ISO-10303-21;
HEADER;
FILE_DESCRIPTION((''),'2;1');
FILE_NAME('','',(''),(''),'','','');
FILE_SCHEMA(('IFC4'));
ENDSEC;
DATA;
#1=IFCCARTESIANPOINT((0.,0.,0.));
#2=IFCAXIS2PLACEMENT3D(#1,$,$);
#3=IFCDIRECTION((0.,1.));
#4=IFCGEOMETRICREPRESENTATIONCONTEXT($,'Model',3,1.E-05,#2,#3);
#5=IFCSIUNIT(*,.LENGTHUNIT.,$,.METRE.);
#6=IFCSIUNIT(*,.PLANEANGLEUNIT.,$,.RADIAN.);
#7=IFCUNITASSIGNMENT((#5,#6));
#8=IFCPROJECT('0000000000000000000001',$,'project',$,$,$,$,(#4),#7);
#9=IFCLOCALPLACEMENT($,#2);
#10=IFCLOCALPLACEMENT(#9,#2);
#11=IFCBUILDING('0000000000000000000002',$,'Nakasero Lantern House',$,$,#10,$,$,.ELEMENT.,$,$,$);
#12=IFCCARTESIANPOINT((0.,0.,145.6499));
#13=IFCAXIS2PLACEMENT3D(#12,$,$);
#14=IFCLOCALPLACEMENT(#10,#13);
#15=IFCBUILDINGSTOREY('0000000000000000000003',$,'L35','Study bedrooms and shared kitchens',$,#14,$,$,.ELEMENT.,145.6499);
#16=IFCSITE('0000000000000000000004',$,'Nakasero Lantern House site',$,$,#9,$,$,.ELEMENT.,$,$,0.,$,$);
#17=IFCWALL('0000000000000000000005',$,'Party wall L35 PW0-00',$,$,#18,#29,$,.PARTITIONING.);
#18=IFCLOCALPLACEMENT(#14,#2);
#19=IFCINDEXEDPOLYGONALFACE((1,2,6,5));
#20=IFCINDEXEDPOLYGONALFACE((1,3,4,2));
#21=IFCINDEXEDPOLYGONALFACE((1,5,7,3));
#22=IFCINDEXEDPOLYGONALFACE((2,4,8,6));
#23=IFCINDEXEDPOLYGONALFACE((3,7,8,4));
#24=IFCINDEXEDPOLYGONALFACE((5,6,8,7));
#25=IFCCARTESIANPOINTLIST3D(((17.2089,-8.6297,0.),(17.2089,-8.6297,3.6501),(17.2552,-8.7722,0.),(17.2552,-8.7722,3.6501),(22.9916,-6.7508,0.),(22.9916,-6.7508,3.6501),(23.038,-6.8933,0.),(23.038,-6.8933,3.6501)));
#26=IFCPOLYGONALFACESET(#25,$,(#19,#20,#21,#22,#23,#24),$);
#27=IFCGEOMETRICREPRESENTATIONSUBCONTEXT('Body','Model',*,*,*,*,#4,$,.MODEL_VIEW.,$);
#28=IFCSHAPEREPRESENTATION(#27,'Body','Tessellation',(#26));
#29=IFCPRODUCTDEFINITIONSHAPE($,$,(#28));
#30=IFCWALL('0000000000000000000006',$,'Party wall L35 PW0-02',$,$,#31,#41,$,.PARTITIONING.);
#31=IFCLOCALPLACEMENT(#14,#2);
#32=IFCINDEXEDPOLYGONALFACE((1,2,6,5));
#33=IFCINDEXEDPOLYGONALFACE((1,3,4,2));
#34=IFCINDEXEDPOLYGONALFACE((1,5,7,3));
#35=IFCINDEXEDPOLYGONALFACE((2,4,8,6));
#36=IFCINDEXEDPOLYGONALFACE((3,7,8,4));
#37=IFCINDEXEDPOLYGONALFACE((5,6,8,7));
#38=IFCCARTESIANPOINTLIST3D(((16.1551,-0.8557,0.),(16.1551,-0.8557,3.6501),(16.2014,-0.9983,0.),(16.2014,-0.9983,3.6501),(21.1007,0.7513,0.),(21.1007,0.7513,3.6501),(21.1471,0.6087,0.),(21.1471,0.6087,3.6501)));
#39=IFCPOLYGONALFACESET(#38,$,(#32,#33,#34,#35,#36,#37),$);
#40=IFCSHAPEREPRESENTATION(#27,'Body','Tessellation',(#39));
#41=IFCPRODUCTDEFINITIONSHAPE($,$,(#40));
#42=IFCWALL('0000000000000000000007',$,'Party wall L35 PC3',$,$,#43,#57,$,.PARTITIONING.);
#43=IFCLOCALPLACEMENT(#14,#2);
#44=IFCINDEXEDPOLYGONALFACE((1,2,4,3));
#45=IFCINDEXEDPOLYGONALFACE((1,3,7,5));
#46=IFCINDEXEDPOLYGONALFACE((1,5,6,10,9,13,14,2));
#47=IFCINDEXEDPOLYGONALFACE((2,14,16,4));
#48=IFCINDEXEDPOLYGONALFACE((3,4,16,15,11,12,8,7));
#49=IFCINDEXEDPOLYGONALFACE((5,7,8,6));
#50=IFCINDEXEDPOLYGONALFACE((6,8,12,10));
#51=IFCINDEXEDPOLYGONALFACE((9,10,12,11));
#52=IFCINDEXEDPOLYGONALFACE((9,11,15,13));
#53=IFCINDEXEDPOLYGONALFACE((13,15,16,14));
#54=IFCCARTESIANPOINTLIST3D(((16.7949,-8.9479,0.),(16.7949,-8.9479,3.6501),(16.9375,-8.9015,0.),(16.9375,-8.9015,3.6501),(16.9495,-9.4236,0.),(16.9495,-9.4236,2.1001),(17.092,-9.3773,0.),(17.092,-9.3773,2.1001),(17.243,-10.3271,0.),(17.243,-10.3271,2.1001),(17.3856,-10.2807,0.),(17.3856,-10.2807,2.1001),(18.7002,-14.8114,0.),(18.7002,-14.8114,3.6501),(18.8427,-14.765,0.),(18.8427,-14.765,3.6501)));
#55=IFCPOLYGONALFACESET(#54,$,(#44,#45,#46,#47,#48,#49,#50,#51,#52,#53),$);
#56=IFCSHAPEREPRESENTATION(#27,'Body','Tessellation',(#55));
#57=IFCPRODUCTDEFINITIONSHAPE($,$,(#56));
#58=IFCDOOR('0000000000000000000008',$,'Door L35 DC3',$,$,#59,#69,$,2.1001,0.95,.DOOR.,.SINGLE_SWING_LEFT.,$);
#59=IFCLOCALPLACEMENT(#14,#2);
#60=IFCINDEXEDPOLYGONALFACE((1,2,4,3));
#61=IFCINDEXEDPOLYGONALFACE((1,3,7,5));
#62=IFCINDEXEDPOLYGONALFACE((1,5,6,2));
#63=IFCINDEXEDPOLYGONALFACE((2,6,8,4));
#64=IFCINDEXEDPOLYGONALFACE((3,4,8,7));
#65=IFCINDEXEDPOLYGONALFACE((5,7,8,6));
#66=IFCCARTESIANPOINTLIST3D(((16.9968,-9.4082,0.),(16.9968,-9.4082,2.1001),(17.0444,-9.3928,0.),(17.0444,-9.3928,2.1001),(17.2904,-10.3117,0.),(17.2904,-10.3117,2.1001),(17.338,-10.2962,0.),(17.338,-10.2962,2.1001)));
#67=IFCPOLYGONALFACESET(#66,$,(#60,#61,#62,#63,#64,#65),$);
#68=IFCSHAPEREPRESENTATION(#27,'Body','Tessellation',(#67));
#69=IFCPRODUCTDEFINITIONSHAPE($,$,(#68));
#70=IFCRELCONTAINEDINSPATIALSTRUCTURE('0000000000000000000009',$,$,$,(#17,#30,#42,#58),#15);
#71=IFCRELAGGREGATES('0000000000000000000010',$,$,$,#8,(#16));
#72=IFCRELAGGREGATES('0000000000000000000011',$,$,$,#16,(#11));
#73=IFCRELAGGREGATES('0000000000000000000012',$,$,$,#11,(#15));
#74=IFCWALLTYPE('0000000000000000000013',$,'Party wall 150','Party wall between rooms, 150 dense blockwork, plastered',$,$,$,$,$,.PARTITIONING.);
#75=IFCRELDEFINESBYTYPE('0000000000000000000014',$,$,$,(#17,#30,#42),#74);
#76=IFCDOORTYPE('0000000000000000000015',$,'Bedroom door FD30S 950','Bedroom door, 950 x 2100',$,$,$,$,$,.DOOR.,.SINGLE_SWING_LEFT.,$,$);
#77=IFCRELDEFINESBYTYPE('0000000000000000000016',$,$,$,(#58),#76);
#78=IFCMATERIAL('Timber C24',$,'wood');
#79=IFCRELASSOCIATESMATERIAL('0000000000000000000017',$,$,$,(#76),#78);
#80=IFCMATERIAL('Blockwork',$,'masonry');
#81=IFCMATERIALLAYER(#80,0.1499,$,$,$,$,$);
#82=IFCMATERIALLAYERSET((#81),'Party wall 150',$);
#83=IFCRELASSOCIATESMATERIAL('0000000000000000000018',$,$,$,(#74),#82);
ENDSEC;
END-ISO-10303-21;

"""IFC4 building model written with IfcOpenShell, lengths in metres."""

from ifc_helpers import new_model, si_unit, direction, frame, frame_2d, origin, place, context, subcontext, project, spatial, rectangle, extrude, material, layer, layer_set, type_object, element, fill, save


model = new_model("IFC4")

# Units and contexts
model_context = context("Model", 3, precision=1e-05, world=origin(), true_north=direction((0.0, 1.0)))
body_context = subcontext(model_context, "Body", "Model", "MODEL_VIEW")
ifc_project = project(units=[si_unit("LENGTHUNIT", "METRE"), si_unit("PLANEANGLEUNIT", "RADIAN")], contexts=[model_context])

# Site, building, storey
site_placement = place(None, origin())
site = spatial("IfcSite", under=ifc_project, at=site_placement, Name="Nakasero Lantern House site", CompositionType="ELEMENT", RefElevation=0.0)
building_placement = place(site_placement, origin())
building = spatial("IfcBuilding", under=site, at=building_placement, Name="Nakasero Lantern House", CompositionType="ELEMENT")
storey_placement = place(building_placement, frame((0.0, 0.0, 145.6499)))
storey = spatial("IfcBuildingStorey", under=building, at=storey_placement, Name="L35", Description="Study bedrooms and shared kitchens", CompositionType="ELEMENT", Elevation=145.6499)

# Shared definitions
ifc_material_1 = material(Name="Timber C24", Category="wood")
door_type_1 = type_object("IfcDoorType", Name="Bedroom door FD30S 950", Description="Bedroom door, 950 x 2100", OperationType="SINGLE_SWING_LEFT", PredefinedType="DOOR", material=ifc_material_1)

# Walls
ifc_material_2 = material(Name="Blockwork", Category="masonry")
ifc_layer_1 = layer(ifc_material_2, 0.1499)
ifc_layer_set_1 = layer_set([ifc_layer_1], Name="Party wall 150")
wall_type_1 = type_object("IfcWallType", Name="Party wall 150", Description="Party wall between rooms, 150 dense blockwork, plastered", PredefinedType="PARTITIONING", material=ifc_layer_set_1)
wall_1_placement = place(storey_placement, frame((17.2322, -8.7009, 0.0), z_axis=(0.0, 0.0, 1.0), x_axis=(0.951057, 0.309015, 0.0)))
element("IfcWall", 1, at=wall_1_placement, inside=storey, type_object=wall_type_1, Name="Party wall L35 PW0-00", PredefinedType="PARTITIONING", context=body_context, shape_type="SweptSolid", body=[
    extrude(rectangle(XDim=6.0803, YDim=0.1499, at=frame_2d((3.04, 0.0))), origin(), (0.0, 0.0, 1.0), 3.6501),
])
wall_2_placement = place(storey_placement, frame((16.1782, -0.927, 0.0), z_axis=(0.0, 0.0, 1.0), x_axis=(0.951055, 0.309021, 0.0)))
element("IfcWall", 2, at=wall_2_placement, inside=storey, type_object=wall_type_1, Name="Party wall L35 PW0-02", PredefinedType="PARTITIONING", context=body_context, shape_type="SweptSolid", body=[
    extrude(rectangle(XDim=5.2002, YDim=0.1499, at=frame_2d((2.6001, 0.0))), origin(), (0.0, 0.0, 1.0), 3.6501),
])

# Wall, opening, door
wall_3_placement = place(storey_placement, frame((16.8662, -8.9248, 0.0), z_axis=(0.0, 0.0, 1.0), x_axis=(0.309031, -0.951052, 0.0)))
wall_3 = element("IfcWall", 3, at=wall_3_placement, inside=storey, type_object=wall_type_1, Name="Party wall L35 PC3", PredefinedType="PARTITIONING", context=body_context, shape_type="SweptSolid", body=[
    extrude(rectangle(XDim=6.1653, YDim=0.1499, at=frame_2d((3.0825, 0.0))), origin(), (0.0, 0.0, 1.0), 3.6501),
])
opening_1_placement = place(wall_3_placement, frame((0.5, 0.0, 0.0)))
opening_1 = element("IfcOpeningElement", 4, at=opening_1_placement, cuts=wall_3, PredefinedType="OPENING", context=body_context, shape_type="SweptSolid", body=[
    extrude(rectangle(XDim=0.95, YDim=2.1001, at=frame_2d((0.4751, 1.05))), frame((0.0, 0.095, 0.0), z_axis=(0.0, -1.0, 0.0), x_axis=(1.0, 0.0, 0.0)), (0.0, 0.0, 1.0), 0.1899),
])
door_1_placement = place(opening_1_placement, origin())
door_1 = element("IfcDoor", 5, at=door_1_placement, inside=storey, type_object=door_type_1, Name="Door L35 DC3", OperationType="SINGLE_SWING_LEFT", OverallHeight=2.1001, OverallWidth=0.95, PredefinedType="DOOR", context=body_context, shape_type="SweptSolid", body=[
    extrude(rectangle(XDim=0.95, YDim=2.1001, at=frame_2d((0.4751, 1.05))), frame((0.0, 0.0249, 0.0), z_axis=(0.0, -1.0, 0.0), x_axis=(1.0, 0.0, 0.0)), (0.0, 0.0, 1.0), 0.05),
])
fill(opening_1, door_1)

save(model, "model.ifc")
